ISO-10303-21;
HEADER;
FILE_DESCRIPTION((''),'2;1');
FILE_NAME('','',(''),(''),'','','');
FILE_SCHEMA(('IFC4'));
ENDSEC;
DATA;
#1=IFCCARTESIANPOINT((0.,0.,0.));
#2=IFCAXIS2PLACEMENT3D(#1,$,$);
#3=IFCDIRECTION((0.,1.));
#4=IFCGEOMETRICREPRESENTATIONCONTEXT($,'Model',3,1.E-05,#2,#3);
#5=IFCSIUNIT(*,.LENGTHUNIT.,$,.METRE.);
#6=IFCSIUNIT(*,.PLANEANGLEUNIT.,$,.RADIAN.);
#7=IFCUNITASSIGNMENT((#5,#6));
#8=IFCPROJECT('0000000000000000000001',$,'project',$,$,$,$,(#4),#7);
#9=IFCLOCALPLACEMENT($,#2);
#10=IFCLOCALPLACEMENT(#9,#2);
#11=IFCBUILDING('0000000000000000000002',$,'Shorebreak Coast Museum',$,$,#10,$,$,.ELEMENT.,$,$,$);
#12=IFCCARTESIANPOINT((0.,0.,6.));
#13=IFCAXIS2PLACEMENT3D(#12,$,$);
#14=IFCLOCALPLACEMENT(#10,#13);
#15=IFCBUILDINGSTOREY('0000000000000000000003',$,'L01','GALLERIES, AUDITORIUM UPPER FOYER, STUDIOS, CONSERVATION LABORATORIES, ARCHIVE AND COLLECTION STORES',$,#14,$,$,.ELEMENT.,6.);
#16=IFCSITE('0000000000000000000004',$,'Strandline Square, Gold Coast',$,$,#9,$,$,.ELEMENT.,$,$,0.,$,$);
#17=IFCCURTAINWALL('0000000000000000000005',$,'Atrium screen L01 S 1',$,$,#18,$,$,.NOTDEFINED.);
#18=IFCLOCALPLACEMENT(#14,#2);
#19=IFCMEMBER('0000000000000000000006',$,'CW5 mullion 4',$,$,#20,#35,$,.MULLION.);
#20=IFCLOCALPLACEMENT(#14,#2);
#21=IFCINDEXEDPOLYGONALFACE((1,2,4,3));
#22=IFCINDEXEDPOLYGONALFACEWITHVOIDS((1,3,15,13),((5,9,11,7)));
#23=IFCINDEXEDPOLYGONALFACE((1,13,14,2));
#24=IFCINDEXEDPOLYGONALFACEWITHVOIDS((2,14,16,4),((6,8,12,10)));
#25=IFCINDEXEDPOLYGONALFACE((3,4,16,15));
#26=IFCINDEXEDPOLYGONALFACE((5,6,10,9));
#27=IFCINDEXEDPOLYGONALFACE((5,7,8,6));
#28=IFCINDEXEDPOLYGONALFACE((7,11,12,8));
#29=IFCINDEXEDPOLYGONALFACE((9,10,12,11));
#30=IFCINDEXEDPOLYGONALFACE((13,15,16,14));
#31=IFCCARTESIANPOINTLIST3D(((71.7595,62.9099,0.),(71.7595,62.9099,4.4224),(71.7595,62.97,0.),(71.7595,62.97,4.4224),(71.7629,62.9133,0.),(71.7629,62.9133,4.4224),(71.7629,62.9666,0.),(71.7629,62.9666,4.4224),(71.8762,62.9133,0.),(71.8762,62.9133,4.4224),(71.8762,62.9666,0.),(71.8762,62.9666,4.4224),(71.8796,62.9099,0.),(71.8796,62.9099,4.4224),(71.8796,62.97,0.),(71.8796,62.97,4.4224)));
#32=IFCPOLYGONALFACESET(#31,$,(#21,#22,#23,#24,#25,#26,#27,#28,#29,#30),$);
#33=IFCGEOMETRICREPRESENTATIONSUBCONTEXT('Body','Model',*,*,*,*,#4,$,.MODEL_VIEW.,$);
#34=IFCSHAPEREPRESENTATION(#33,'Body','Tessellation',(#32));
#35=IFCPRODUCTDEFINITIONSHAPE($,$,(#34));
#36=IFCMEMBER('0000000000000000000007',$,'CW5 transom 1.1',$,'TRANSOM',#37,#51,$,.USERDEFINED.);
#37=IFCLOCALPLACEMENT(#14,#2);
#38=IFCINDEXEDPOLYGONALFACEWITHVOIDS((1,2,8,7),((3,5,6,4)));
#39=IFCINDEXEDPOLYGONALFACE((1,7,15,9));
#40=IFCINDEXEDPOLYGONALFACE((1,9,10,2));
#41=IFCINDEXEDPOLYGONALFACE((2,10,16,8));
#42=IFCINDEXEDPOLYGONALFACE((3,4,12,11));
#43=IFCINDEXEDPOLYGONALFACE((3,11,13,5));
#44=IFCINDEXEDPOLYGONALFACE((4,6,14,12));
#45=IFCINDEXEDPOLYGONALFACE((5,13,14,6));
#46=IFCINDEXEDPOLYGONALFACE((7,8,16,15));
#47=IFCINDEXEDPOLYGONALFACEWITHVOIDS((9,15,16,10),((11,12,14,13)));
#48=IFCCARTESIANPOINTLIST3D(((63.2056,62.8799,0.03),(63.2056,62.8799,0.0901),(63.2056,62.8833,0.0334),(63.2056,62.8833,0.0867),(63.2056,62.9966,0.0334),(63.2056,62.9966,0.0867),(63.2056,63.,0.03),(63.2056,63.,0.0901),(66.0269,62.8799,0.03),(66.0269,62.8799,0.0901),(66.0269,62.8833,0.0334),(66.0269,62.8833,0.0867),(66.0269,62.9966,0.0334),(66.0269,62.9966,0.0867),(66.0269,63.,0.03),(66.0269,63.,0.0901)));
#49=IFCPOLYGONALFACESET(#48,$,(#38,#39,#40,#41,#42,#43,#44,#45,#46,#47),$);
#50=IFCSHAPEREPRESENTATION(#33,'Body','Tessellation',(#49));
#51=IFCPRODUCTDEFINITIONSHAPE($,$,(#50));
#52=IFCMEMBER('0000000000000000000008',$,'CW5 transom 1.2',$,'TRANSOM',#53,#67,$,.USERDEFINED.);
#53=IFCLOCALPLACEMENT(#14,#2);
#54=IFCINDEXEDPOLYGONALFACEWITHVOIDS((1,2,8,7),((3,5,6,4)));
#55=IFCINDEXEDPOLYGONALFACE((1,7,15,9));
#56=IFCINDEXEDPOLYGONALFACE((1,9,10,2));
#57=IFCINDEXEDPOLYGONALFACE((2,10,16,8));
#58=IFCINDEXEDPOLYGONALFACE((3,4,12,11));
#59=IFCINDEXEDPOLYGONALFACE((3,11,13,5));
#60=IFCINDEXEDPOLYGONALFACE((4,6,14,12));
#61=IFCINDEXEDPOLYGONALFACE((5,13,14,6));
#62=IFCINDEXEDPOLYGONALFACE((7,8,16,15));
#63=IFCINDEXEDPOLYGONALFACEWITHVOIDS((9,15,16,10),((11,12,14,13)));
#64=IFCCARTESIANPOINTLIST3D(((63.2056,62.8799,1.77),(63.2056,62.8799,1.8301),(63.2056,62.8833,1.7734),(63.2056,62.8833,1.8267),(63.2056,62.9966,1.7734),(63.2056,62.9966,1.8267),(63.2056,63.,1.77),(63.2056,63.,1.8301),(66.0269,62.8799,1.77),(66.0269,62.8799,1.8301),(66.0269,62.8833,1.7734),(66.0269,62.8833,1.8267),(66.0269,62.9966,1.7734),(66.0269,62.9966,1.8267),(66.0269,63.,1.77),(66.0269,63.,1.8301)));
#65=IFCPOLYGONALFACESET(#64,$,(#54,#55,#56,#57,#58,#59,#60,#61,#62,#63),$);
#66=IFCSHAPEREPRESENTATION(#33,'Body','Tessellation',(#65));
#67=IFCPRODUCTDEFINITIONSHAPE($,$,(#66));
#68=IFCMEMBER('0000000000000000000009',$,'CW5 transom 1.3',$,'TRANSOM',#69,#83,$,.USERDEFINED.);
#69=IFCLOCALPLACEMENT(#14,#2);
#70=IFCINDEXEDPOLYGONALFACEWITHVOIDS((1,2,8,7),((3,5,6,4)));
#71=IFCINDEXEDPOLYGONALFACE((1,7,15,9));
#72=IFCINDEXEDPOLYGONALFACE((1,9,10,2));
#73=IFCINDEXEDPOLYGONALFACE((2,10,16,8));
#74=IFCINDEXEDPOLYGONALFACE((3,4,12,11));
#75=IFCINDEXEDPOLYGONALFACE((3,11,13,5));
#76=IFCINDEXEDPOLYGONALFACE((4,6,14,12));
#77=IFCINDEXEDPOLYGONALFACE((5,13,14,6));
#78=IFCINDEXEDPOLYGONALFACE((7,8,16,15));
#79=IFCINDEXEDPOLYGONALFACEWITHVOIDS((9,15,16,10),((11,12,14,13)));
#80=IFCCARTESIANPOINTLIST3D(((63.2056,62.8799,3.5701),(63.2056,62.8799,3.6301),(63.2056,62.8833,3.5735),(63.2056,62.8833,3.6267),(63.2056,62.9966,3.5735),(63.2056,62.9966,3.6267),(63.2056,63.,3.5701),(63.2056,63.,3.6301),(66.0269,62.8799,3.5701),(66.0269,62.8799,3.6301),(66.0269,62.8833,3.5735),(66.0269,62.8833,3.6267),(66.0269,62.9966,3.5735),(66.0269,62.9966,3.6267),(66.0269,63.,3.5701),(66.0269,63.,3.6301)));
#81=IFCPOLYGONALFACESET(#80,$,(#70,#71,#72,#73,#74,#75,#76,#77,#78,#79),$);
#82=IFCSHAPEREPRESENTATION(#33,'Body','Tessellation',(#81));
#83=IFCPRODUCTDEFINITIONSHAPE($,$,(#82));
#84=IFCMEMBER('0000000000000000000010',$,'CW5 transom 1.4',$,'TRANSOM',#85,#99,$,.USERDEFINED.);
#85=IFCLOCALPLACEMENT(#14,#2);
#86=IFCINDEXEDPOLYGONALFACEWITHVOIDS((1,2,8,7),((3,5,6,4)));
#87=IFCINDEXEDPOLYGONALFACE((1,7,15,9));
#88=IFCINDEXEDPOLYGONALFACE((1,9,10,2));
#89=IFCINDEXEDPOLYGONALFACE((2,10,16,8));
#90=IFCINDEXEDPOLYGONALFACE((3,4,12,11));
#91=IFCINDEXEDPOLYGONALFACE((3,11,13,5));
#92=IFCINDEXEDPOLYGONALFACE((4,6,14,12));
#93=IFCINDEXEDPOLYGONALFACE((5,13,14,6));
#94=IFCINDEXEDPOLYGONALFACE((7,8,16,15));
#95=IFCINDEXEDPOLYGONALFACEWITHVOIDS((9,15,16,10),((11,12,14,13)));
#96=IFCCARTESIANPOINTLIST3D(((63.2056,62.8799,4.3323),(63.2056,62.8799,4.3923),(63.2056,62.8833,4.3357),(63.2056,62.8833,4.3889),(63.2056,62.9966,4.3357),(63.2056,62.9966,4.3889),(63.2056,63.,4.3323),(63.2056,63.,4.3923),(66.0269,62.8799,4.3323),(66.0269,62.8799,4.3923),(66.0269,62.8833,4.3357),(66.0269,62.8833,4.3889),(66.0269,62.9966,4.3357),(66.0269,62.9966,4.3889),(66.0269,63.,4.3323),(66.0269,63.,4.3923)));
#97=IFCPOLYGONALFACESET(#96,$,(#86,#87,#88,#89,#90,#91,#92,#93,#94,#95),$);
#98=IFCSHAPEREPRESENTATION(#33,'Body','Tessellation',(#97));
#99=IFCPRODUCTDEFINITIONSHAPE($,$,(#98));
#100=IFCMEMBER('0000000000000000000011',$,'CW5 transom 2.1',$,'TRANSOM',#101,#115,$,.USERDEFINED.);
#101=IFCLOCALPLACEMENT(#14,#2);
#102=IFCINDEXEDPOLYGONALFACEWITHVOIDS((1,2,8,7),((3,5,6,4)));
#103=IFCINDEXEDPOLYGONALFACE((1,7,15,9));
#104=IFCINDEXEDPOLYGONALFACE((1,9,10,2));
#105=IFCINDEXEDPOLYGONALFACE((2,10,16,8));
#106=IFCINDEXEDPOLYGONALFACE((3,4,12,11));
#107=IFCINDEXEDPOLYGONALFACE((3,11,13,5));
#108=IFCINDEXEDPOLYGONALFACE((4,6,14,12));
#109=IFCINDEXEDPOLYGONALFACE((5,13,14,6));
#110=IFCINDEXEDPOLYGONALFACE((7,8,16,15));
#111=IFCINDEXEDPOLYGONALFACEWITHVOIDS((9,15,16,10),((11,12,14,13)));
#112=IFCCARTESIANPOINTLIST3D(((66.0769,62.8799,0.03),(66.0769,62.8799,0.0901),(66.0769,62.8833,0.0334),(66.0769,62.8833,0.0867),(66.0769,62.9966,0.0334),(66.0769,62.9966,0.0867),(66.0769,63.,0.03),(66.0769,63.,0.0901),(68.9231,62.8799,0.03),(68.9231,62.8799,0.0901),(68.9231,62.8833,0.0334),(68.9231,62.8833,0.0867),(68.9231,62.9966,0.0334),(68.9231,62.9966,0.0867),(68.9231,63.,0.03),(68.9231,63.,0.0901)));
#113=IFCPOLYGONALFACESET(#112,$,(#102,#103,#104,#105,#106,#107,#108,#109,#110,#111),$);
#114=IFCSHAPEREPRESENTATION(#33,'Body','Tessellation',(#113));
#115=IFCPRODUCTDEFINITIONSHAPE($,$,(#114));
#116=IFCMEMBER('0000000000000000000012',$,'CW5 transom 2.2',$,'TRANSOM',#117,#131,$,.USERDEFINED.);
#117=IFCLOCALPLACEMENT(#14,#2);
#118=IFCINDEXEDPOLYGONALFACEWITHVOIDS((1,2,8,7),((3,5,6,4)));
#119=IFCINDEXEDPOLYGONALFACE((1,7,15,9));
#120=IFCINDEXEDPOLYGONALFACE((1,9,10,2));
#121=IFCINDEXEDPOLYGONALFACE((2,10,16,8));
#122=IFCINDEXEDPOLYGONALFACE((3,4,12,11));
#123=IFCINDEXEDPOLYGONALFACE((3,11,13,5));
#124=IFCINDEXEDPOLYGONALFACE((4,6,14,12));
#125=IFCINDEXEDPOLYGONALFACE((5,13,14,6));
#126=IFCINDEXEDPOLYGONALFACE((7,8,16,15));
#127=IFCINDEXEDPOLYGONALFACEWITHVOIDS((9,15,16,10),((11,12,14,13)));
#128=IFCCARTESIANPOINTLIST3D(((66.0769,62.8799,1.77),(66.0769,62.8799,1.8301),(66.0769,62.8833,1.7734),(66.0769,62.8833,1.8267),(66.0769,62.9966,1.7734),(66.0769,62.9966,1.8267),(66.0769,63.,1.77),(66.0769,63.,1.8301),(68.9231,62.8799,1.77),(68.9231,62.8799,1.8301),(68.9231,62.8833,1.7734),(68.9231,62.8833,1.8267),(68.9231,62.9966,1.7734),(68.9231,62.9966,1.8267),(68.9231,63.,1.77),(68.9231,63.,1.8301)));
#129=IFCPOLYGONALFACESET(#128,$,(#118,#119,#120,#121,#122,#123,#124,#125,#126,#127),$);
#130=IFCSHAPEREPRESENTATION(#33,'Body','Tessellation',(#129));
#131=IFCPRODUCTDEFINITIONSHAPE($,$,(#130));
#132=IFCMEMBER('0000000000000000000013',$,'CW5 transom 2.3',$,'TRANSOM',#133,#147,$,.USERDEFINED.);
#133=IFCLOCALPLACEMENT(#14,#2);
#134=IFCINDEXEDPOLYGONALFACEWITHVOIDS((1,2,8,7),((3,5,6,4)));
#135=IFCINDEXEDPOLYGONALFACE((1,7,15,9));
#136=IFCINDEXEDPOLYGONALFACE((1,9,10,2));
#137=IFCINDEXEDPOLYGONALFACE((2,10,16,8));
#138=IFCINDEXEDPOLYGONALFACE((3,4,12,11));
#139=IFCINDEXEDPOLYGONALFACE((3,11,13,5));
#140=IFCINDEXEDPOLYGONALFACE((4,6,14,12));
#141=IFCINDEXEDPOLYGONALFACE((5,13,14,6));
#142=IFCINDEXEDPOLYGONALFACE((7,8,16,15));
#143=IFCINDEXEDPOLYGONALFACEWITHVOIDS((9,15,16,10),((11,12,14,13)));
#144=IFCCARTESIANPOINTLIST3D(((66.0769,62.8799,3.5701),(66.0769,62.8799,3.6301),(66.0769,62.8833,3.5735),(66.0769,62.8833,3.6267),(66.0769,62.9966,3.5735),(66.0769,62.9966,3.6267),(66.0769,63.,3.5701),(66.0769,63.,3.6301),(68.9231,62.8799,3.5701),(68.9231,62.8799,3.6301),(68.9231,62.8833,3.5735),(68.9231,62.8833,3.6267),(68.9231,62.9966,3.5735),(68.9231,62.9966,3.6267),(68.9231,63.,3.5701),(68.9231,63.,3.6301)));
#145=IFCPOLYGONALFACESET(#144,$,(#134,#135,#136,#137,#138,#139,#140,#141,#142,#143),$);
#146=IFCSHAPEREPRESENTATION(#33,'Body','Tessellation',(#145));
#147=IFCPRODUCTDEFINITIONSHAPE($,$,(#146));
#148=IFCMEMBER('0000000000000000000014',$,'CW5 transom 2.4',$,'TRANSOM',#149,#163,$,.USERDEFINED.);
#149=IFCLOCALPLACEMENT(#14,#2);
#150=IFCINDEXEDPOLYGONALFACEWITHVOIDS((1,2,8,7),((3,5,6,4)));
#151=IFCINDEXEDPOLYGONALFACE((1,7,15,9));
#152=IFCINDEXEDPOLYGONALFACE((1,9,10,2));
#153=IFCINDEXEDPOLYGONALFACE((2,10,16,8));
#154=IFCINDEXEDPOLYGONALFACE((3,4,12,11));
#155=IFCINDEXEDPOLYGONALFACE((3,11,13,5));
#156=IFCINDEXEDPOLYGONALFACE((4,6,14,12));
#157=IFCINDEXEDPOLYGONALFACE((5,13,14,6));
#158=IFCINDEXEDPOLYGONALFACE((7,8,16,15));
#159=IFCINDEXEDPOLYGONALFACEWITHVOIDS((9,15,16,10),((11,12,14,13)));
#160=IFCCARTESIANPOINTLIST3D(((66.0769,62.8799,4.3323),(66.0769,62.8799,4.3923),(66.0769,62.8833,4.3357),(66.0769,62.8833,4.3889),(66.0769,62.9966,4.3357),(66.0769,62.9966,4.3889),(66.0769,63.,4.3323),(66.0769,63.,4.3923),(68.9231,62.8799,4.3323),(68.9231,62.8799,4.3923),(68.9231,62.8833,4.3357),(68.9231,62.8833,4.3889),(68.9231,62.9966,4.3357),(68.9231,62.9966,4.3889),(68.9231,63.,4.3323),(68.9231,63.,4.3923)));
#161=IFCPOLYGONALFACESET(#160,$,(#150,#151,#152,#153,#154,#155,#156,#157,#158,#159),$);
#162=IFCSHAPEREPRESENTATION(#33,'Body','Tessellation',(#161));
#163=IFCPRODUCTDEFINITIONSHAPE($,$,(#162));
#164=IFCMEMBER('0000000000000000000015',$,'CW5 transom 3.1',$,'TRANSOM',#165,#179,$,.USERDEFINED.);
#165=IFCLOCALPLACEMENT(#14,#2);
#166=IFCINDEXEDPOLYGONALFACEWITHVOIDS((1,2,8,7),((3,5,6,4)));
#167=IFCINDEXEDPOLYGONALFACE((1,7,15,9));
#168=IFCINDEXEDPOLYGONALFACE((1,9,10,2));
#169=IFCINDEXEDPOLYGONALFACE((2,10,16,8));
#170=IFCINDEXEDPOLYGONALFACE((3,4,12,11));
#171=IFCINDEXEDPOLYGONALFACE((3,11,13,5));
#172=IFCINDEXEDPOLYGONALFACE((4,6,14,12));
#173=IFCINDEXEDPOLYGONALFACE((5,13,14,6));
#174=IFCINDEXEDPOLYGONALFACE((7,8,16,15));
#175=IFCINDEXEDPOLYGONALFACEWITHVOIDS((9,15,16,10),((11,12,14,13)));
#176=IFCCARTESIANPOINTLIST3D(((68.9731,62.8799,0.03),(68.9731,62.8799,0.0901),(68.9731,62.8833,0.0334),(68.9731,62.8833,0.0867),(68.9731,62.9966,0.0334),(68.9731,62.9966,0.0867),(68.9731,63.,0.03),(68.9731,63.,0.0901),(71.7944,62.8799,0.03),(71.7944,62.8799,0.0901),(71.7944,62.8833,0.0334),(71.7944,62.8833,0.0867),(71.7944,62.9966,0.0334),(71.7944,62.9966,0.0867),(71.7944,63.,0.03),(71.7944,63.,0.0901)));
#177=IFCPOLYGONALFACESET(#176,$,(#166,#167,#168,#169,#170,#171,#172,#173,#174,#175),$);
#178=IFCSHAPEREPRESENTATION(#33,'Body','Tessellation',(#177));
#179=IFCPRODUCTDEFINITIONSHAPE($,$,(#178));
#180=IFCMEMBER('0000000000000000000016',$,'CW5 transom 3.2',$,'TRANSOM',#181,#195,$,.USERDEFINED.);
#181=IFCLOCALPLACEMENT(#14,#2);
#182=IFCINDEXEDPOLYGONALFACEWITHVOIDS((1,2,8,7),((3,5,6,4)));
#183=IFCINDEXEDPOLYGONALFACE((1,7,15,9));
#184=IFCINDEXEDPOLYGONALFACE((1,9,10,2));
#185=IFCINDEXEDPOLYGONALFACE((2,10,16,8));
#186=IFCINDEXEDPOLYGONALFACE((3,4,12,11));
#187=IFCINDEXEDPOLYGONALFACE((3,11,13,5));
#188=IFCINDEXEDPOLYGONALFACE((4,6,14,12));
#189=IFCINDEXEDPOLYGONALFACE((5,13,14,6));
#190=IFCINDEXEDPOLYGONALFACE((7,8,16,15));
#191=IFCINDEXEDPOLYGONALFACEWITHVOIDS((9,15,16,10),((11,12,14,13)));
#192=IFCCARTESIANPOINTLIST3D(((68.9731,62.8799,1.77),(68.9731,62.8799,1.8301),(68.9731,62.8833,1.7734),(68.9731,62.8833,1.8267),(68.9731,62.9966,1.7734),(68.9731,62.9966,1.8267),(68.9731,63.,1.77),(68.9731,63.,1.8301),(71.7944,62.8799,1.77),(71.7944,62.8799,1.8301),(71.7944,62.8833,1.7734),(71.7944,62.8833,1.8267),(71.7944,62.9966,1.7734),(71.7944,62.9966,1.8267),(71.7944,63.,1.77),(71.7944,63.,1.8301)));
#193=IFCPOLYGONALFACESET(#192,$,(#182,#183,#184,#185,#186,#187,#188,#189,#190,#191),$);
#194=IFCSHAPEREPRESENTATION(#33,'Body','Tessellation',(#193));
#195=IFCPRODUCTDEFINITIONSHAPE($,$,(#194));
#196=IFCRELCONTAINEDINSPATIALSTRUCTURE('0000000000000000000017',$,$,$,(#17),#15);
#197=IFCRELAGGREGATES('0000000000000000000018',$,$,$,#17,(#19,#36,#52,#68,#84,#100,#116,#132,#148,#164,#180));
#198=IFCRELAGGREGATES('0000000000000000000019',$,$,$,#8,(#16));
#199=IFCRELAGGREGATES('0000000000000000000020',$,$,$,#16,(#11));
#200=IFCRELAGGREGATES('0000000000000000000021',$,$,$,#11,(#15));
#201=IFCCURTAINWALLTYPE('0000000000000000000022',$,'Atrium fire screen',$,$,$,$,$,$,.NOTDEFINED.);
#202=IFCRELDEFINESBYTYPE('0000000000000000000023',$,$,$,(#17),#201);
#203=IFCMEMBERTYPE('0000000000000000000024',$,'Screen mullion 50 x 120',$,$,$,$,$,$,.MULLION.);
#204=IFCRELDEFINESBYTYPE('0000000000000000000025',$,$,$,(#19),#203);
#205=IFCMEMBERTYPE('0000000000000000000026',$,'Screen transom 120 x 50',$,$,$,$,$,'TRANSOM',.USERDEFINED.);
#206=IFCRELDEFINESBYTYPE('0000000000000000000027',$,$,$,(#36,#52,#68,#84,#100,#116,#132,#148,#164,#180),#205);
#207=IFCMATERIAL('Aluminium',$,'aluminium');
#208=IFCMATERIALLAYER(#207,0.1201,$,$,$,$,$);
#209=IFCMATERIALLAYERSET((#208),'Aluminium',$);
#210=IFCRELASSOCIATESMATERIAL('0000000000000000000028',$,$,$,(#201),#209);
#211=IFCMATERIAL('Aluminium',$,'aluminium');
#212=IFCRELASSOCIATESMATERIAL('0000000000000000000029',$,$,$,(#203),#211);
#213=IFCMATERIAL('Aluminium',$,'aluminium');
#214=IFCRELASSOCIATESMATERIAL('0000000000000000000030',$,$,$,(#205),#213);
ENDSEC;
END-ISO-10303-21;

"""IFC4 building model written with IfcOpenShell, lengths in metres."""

from ifc_helpers import new_model, si_unit, direction, frame, origin, origin_2d, place, context, subcontext, project, spatial, hollow_rectangle, extrude, material, layer, layer_set, material_profile, profile_set, type_object, element, aggregate, save


model = new_model("IFC4")

# Units and contexts
model_context = context("Model", 3, precision=1e-05, world=origin(), true_north=direction((0.0, 1.0)))
body_context = subcontext(model_context, "Body", "Model", "MODEL_VIEW")
ifc_project = project(units=[si_unit("LENGTHUNIT", "METRE"), si_unit("PLANEANGLEUNIT", "RADIAN")], contexts=[model_context])

# Site, building, storey
site_placement = place(None, origin())
site = spatial("IfcSite", under=ifc_project, at=site_placement, Name="Strandline Square, Gold Coast", CompositionType="ELEMENT", RefElevation=0.0)
building_placement = place(site_placement, origin())
building = spatial("IfcBuilding", under=site, at=building_placement, Name="Shorebreak Coast Museum", CompositionType="ELEMENT")
storey_placement = place(building_placement, frame((0.0, 0.0, 6.0)))
storey = spatial("IfcBuildingStorey", under=building, at=storey_placement, Name="L01", Description="GALLERIES, AUDITORIUM UPPER FOYER, STUDIOS, CONSERVATION LABORATORIES, ARCHIVE AND COLLECTION STORES", CompositionType="ELEMENT", Elevation=6.0)

# Curtain wall, members
ifc_material_1 = material(Name="Aluminium", Category="aluminium")
ifc_layer_1 = layer(ifc_material_1, 0.1201)
ifc_layer_set_1 = layer_set([ifc_layer_1], Name="Aluminium")
curtain_wall_type = type_object("IfcCurtainWallType", Name="Atrium fire screen", PredefinedType="NOTDEFINED", material=ifc_layer_set_1)
curtain_wall_placement = place(storey_placement, origin())
curtain_wall = element("IfcCurtainWall", 1, at=curtain_wall_placement, inside=storey, type_object=curtain_wall_type, Name="Atrium screen L01 S 1", PredefinedType="NOTDEFINED")
ifc_material_2 = material(Name="Aluminium", Category="aluminium")
ifc_material_profile_1 = material_profile(ifc_material_2, hollow_rectangle(XDim=0.0601, YDim=0.1201, WallThickness=0.0034, at=origin_2d()), Name="AL 120x60 RHS")
ifc_profile_set_1 = profile_set([ifc_material_profile_1], Name="Aluminium")
member_type_1 = type_object("IfcMemberType", Name="Screen mullion 50 x 120", PredefinedType="MULLION", material=ifc_profile_set_1)
member_1_placement = place(storey_placement, frame((71.8196, 62.9399, 0.0), z_axis=(0.0, 0.0, 1.0), x_axis=(0.0, 1.0, 0.0)))
member_1 = element("IfcMember", 2, at=member_1_placement, type_object=member_type_1, Name="CW5 mullion 4", PredefinedType="MULLION", context=body_context, shape_type="SweptSolid", body=[
    extrude(hollow_rectangle(XDim=0.0601, YDim=0.1201, WallThickness=0.0034, at=origin_2d()), origin(), (0.0, 0.0, 1.0), 4.4224),
])
ifc_material_3 = material(Name="Aluminium", Category="aluminium")
ifc_material_profile_2 = material_profile(ifc_material_3, hollow_rectangle(XDim=0.1201, YDim=0.0601, WallThickness=0.0034, at=origin_2d()), Name="AL 60x120 RHS")
ifc_profile_set_2 = profile_set([ifc_material_profile_2], Name="Aluminium")
member_type_2 = type_object("IfcMemberType", Name="Screen transom 120 x 50", ElementType="TRANSOM", PredefinedType="USERDEFINED", material=ifc_profile_set_2)
member_2_placement = place(storey_placement, frame((63.2056, 62.9399, 0.0601), z_axis=(1.0, 0.0, 0.0), x_axis=(0.0, 1.0, 0.0)))
member_2 = element("IfcMember", 3, at=member_2_placement, type_object=member_type_2, Name="CW5 transom 1.1", ObjectType="TRANSOM", PredefinedType="USERDEFINED", context=body_context, shape_type="SweptSolid", body=[
    extrude(hollow_rectangle(XDim=0.1201, YDim=0.0601, WallThickness=0.0034, at=origin_2d()), origin(), (0.0, 0.0, 1.0), 2.8213),
])
member_3_placement = place(storey_placement, frame((63.2056, 62.9399, 1.8), z_axis=(1.0, 0.0, 0.0), x_axis=(0.0, 1.0, 0.0)))
member_3 = element("IfcMember", 4, at=member_3_placement, type_object=member_type_2, Name="CW5 transom 1.2", ObjectType="TRANSOM", PredefinedType="USERDEFINED", context=body_context, shape_type="SweptSolid", body=[
    extrude(hollow_rectangle(XDim=0.1201, YDim=0.0601, WallThickness=0.0034, at=origin_2d()), origin(), (0.0, 0.0, 1.0), 2.8213),
])
member_4_placement = place(storey_placement, frame((63.2056, 62.9399, 3.6001), z_axis=(1.0, 0.0, 0.0), x_axis=(0.0, 1.0, 0.0)))
member_4 = element("IfcMember", 5, at=member_4_placement, type_object=member_type_2, Name="CW5 transom 1.3", ObjectType="TRANSOM", PredefinedType="USERDEFINED", context=body_context, shape_type="SweptSolid", body=[
    extrude(hollow_rectangle(XDim=0.1201, YDim=0.0601, WallThickness=0.0034, at=origin_2d()), origin(), (0.0, 0.0, 1.0), 2.8213),
])
member_5_placement = place(storey_placement, frame((63.2056, 62.9399, 4.3623), z_axis=(1.0, 0.0, 0.0), x_axis=(0.0, 1.0, 0.0)))
member_5 = element("IfcMember", 6, at=member_5_placement, type_object=member_type_2, Name="CW5 transom 1.4", ObjectType="TRANSOM", PredefinedType="USERDEFINED", context=body_context, shape_type="SweptSolid", body=[
    extrude(hollow_rectangle(XDim=0.1201, YDim=0.0601, WallThickness=0.0034, at=origin_2d()), origin(), (0.0, 0.0, 1.0), 2.8213),
])
member_6_placement = place(storey_placement, frame((66.0769, 62.9399, 0.0601), z_axis=(1.0, 0.0, 0.0), x_axis=(0.0, 1.0, 0.0)))
member_6 = element("IfcMember", 7, at=member_6_placement, type_object=member_type_2, Name="CW5 transom 2.1", ObjectType="TRANSOM", PredefinedType="USERDEFINED", context=body_context, shape_type="SweptSolid", body=[
    extrude(hollow_rectangle(XDim=0.1201, YDim=0.0601, WallThickness=0.0034, at=origin_2d()), origin(), (0.0, 0.0, 1.0), 2.8462),
])
member_7_placement = place(storey_placement, frame((66.0769, 62.9399, 1.8), z_axis=(1.0, 0.0, 0.0), x_axis=(0.0, 1.0, 0.0)))
member_7 = element("IfcMember", 8, at=member_7_placement, type_object=member_type_2, Name="CW5 transom 2.2", ObjectType="TRANSOM", PredefinedType="USERDEFINED", context=body_context, shape_type="SweptSolid", body=[
    extrude(hollow_rectangle(XDim=0.1201, YDim=0.0601, WallThickness=0.0034, at=origin_2d()), origin(), (0.0, 0.0, 1.0), 2.8462),
])
member_8_placement = place(storey_placement, frame((66.0769, 62.9399, 3.6001), z_axis=(1.0, 0.0, 0.0), x_axis=(0.0, 1.0, 0.0)))
member_8 = element("IfcMember", 9, at=member_8_placement, type_object=member_type_2, Name="CW5 transom 2.3", ObjectType="TRANSOM", PredefinedType="USERDEFINED", context=body_context, shape_type="SweptSolid", body=[
    extrude(hollow_rectangle(XDim=0.1201, YDim=0.0601, WallThickness=0.0034, at=origin_2d()), origin(), (0.0, 0.0, 1.0), 2.8462),
])
member_9_placement = place(storey_placement, frame((66.0769, 62.9399, 4.3623), z_axis=(1.0, 0.0, 0.0), x_axis=(0.0, 1.0, 0.0)))
member_9 = element("IfcMember", 10, at=member_9_placement, type_object=member_type_2, Name="CW5 transom 2.4", ObjectType="TRANSOM", PredefinedType="USERDEFINED", context=body_context, shape_type="SweptSolid", body=[
    extrude(hollow_rectangle(XDim=0.1201, YDim=0.0601, WallThickness=0.0034, at=origin_2d()), origin(), (0.0, 0.0, 1.0), 2.8462),
])
member_10_placement = place(storey_placement, frame((68.9731, 62.9399, 0.0601), z_axis=(1.0, 0.0, 0.0), x_axis=(0.0, 1.0, 0.0)))
member_10 = element("IfcMember", 11, at=member_10_placement, type_object=member_type_2, Name="CW5 transom 3.1", ObjectType="TRANSOM", PredefinedType="USERDEFINED", context=body_context, shape_type="SweptSolid", body=[
    extrude(hollow_rectangle(XDim=0.1201, YDim=0.0601, WallThickness=0.0034, at=origin_2d()), origin(), (0.0, 0.0, 1.0), 2.8213),
])
member_11_placement = place(storey_placement, frame((68.9731, 62.9399, 1.8), z_axis=(1.0, 0.0, 0.0), x_axis=(0.0, 1.0, 0.0)))
member_11 = element("IfcMember", 12, at=member_11_placement, type_object=member_type_2, Name="CW5 transom 3.2", ObjectType="TRANSOM", PredefinedType="USERDEFINED", context=body_context, shape_type="SweptSolid", body=[
    extrude(hollow_rectangle(XDim=0.1201, YDim=0.0601, WallThickness=0.0034, at=origin_2d()), origin(), (0.0, 0.0, 1.0), 2.8213),
])

aggregate(curtain_wall, [member_1, member_2, member_3, member_4, member_5, member_6, member_7, member_8, member_9, member_10, member_11])

save(model, "model.ifc")
